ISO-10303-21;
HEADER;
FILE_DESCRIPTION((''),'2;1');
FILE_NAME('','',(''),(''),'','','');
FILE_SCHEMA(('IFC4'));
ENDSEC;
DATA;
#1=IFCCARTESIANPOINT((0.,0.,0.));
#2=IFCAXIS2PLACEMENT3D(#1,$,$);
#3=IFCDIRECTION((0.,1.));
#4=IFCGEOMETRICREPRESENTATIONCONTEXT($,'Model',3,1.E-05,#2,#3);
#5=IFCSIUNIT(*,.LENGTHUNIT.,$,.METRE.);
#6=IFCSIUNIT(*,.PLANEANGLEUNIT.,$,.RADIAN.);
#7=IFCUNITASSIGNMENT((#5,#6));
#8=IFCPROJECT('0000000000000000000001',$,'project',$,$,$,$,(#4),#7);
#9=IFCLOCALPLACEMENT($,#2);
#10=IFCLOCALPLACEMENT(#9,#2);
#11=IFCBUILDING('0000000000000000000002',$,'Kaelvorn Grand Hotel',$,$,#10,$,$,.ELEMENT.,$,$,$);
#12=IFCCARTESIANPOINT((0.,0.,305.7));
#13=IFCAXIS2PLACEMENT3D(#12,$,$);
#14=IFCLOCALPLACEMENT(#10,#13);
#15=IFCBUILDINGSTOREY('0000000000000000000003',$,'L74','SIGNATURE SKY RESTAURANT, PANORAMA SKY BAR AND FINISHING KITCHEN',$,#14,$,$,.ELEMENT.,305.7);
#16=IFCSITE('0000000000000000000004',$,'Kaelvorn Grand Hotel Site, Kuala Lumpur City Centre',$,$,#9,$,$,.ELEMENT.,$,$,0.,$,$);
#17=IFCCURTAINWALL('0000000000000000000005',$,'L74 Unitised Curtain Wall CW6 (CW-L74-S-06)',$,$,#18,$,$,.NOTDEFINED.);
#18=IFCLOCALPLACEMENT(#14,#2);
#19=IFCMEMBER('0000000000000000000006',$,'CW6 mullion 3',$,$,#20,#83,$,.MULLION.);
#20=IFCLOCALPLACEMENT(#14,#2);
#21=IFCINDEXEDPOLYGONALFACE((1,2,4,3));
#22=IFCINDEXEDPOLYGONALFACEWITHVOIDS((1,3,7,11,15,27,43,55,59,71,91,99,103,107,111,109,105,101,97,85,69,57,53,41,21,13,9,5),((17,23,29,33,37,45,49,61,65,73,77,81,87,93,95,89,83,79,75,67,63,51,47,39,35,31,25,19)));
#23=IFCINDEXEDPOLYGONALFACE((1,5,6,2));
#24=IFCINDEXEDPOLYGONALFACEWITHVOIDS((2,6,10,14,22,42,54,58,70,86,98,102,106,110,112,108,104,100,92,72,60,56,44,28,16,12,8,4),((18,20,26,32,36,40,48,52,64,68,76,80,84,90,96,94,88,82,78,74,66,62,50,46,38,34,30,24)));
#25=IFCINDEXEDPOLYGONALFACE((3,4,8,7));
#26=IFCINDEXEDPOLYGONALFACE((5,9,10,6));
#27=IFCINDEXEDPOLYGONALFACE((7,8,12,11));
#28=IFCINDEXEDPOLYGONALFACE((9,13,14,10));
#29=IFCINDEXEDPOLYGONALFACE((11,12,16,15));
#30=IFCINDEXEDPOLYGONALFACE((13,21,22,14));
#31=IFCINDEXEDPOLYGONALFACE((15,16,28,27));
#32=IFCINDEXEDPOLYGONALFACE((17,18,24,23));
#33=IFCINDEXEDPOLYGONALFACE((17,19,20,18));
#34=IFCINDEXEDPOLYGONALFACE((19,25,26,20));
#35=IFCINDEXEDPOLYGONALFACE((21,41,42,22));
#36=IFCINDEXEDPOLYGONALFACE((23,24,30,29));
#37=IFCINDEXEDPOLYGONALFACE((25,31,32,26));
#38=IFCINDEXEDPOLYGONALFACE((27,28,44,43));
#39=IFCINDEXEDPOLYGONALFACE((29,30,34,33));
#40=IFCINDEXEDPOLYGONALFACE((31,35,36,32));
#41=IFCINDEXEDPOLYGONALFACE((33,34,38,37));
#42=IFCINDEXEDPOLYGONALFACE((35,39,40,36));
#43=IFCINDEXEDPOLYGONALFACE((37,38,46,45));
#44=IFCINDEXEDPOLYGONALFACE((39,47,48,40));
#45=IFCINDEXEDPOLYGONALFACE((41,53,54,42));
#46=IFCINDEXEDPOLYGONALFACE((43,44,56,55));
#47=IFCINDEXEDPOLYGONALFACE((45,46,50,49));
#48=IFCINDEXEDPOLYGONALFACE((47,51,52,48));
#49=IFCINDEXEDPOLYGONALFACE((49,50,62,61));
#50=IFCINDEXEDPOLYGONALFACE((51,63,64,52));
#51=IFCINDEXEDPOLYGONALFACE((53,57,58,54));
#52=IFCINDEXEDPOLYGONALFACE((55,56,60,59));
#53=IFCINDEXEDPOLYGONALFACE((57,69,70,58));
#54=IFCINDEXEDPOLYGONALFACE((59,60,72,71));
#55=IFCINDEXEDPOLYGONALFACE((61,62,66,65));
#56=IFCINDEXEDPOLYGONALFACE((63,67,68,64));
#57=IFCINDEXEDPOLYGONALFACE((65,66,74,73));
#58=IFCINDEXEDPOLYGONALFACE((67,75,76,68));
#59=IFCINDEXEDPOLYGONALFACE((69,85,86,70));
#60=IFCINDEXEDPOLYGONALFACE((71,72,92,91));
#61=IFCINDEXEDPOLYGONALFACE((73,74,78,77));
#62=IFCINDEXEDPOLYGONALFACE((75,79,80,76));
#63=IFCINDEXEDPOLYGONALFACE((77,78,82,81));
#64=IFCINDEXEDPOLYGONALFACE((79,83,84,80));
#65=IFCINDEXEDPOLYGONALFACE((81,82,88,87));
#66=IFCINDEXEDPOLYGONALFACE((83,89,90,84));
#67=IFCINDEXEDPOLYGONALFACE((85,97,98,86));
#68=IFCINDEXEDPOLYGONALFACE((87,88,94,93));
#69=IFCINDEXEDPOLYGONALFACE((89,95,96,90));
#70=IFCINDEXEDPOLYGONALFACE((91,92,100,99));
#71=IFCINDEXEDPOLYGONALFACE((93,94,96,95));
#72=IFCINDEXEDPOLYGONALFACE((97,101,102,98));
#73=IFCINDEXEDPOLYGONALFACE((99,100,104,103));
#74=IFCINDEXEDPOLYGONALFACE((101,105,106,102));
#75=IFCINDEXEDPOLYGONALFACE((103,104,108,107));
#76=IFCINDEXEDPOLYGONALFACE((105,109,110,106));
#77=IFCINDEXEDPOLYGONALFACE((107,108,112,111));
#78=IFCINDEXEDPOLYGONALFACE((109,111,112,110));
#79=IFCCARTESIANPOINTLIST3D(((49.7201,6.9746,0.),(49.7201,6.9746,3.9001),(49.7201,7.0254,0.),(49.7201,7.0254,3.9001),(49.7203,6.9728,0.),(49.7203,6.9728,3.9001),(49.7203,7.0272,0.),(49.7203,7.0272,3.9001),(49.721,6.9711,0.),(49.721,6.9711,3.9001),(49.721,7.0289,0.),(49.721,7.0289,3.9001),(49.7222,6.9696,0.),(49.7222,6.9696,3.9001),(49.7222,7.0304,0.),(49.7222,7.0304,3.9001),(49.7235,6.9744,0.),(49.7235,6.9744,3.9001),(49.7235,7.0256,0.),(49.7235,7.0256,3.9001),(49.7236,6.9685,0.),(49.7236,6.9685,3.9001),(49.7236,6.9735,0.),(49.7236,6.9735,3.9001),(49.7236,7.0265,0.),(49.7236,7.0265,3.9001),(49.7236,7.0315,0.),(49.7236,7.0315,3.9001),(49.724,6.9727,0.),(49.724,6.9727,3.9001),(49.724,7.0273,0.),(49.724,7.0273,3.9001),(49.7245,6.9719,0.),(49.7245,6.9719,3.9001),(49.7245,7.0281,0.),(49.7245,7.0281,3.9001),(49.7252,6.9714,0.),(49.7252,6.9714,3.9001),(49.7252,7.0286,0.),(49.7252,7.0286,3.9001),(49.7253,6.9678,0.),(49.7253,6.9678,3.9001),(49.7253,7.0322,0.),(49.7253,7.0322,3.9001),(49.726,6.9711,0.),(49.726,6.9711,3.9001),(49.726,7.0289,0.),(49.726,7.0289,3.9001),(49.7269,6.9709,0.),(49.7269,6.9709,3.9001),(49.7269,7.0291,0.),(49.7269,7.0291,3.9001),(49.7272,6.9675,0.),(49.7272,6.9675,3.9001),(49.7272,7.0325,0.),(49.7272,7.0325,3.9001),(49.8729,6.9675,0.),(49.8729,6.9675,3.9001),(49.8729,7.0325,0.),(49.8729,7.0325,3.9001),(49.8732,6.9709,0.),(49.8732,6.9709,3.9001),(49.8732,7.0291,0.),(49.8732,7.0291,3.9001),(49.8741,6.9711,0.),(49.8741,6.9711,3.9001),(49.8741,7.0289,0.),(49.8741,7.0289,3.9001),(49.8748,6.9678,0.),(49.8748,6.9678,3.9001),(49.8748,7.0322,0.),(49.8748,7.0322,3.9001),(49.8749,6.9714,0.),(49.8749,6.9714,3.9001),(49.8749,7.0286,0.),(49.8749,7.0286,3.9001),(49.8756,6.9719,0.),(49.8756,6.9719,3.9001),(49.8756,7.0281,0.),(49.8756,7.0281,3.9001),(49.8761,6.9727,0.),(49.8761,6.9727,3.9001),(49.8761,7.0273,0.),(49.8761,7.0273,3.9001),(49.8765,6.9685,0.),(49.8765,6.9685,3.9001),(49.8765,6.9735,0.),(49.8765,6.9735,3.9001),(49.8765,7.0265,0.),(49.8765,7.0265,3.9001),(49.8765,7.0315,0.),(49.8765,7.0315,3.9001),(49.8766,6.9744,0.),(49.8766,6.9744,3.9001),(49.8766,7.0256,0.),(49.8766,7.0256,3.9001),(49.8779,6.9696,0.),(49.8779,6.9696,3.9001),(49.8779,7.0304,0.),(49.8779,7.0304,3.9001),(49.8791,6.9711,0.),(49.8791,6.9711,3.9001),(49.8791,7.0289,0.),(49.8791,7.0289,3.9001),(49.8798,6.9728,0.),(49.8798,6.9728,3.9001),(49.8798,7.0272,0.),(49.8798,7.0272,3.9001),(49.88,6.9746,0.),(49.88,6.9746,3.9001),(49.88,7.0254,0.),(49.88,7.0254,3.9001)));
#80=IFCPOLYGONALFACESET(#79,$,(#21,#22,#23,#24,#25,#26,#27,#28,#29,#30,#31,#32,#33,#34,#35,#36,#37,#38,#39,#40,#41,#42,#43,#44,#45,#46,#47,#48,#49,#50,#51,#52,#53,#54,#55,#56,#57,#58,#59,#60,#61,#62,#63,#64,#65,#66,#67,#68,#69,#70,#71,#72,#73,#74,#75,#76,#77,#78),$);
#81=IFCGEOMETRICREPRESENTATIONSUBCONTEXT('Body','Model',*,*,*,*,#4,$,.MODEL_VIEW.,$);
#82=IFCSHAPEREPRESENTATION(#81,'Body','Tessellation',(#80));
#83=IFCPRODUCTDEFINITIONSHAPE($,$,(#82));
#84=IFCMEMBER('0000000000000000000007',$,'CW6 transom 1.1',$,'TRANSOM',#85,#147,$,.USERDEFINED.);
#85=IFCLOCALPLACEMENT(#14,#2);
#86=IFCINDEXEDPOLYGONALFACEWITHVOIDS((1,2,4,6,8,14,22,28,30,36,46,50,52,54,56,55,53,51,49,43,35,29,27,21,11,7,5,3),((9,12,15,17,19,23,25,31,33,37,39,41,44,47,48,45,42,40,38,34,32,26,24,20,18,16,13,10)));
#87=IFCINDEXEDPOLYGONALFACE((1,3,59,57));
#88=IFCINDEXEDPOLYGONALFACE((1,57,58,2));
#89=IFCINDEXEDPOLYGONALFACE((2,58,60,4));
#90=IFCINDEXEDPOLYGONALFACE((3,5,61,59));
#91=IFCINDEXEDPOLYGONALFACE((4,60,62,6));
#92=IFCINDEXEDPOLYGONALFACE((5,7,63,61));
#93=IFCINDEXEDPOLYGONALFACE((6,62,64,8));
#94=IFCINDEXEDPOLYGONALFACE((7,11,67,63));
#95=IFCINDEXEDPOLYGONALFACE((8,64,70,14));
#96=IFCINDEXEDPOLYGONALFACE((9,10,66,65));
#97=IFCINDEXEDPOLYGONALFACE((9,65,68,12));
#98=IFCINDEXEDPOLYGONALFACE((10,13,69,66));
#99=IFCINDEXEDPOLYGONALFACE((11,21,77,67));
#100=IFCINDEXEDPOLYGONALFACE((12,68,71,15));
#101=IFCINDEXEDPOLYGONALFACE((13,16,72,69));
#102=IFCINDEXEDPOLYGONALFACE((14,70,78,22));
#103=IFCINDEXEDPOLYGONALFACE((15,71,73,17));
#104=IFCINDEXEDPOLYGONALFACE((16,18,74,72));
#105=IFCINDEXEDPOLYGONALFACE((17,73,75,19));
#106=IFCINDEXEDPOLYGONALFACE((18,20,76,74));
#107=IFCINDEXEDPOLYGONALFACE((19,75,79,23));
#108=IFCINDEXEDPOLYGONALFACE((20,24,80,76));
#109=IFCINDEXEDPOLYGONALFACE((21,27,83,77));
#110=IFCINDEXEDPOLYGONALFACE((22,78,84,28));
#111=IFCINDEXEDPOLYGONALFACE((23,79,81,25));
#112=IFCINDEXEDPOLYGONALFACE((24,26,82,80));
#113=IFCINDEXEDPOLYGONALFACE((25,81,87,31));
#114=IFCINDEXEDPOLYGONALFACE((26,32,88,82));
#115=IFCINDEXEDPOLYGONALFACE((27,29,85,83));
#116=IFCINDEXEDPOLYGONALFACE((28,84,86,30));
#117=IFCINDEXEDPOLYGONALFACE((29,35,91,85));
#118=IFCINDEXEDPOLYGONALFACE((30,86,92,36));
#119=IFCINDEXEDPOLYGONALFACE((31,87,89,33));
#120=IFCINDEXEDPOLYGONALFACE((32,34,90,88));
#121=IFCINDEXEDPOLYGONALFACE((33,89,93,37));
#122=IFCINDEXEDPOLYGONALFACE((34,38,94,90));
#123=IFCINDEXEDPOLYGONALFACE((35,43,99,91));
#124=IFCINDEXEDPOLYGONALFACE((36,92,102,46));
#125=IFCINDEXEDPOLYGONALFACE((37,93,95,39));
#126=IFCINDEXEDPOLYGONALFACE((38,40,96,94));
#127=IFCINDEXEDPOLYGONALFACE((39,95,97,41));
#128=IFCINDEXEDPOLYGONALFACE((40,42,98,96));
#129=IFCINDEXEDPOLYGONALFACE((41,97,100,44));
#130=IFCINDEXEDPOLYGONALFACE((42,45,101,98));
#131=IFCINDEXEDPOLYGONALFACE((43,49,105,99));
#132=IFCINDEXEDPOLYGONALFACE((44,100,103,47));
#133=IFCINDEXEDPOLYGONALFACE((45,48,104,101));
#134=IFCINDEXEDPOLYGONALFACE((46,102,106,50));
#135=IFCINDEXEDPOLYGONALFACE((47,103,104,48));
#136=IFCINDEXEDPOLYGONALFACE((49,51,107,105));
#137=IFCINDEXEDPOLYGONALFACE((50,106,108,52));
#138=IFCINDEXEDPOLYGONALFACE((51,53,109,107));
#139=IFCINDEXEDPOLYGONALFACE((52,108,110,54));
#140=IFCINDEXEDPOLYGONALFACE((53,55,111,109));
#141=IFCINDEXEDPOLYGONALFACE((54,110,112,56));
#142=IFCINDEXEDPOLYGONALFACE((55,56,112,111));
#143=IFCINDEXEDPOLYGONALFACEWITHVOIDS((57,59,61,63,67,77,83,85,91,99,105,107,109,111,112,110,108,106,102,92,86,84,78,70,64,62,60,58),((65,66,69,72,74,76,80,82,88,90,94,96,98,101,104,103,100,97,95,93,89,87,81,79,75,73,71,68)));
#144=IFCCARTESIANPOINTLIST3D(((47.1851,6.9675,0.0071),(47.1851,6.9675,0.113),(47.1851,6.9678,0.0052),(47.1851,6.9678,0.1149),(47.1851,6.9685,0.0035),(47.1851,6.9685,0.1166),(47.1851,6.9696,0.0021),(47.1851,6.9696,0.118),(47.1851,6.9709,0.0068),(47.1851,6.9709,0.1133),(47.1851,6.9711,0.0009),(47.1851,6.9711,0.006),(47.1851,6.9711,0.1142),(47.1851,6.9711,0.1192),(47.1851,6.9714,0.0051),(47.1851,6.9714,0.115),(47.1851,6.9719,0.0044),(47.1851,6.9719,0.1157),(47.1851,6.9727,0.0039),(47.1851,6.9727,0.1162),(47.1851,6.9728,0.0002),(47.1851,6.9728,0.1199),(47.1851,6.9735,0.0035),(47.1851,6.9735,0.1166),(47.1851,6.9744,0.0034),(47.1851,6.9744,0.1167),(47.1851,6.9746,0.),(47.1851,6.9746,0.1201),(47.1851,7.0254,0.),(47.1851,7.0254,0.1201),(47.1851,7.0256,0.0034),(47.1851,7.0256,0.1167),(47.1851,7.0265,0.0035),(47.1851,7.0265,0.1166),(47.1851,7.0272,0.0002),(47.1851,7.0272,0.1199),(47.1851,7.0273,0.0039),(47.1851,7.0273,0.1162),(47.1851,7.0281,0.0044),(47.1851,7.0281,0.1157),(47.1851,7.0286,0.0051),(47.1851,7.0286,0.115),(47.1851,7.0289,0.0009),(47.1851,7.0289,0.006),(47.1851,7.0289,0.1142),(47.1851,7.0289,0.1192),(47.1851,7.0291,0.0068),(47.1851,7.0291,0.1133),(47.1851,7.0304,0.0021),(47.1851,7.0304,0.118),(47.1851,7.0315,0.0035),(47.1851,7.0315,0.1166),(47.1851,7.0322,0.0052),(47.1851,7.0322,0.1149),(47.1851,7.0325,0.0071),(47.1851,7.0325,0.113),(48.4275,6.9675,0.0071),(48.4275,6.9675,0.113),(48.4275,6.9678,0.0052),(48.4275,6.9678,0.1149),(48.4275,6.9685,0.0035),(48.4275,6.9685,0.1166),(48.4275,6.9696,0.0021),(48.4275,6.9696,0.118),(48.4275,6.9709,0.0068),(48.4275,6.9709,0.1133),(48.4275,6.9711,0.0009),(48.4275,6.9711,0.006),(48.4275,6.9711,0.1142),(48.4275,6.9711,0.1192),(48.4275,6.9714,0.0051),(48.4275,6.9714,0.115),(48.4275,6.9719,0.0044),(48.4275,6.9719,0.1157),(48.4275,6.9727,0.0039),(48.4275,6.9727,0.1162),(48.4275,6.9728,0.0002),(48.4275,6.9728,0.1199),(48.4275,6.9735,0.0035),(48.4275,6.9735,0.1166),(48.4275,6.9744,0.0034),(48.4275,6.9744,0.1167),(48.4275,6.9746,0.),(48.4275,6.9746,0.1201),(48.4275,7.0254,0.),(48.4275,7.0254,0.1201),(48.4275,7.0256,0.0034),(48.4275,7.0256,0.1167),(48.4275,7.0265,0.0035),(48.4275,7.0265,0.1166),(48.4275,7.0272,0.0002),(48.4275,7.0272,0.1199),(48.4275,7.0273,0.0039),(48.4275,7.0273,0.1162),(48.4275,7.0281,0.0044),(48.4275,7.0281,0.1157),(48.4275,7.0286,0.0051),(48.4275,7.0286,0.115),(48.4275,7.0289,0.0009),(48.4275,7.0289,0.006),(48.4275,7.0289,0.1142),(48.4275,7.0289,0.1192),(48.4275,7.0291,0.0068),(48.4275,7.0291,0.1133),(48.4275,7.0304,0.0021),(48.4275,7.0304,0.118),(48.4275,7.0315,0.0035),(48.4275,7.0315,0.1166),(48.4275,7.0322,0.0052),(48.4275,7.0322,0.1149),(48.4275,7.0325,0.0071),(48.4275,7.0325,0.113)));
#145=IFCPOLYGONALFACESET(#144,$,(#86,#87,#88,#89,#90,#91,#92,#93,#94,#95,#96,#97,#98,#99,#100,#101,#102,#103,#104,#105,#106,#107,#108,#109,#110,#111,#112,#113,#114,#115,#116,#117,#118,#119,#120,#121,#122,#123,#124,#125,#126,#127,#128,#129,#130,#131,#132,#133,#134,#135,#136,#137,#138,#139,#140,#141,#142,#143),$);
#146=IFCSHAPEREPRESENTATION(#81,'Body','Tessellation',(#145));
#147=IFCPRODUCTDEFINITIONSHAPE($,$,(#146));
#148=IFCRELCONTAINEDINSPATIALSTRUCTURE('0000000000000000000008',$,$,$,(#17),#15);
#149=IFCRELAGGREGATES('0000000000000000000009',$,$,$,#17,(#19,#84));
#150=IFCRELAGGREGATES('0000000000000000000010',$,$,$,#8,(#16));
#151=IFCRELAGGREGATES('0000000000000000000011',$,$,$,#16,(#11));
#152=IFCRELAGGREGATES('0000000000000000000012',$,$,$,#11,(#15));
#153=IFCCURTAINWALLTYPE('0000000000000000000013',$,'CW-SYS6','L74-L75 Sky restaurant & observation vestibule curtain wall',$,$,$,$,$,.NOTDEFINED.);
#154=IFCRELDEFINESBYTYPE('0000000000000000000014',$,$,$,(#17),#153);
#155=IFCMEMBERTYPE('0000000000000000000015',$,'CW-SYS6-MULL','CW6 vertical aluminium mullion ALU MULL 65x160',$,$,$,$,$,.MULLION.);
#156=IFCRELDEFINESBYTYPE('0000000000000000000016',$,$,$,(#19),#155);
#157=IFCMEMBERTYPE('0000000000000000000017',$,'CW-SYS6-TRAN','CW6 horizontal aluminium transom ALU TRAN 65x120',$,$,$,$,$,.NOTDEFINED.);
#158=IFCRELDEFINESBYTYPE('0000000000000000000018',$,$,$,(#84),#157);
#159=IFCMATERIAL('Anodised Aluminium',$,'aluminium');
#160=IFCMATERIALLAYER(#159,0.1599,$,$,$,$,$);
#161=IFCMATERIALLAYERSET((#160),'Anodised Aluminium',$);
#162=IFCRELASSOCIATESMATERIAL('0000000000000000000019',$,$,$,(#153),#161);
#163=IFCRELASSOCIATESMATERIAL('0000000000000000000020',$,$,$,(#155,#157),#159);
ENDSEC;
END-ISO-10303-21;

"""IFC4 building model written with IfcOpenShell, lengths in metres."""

from ifc_helpers import new_model, si_unit, direction, frame, origin, origin_2d, place, context, subcontext, project, spatial, hollow_rectangle, extrude, material, layer, layer_set, material_profile, profile_set, type_object, element, aggregate, save


model = new_model("IFC4")

# Units and contexts
model_context = context("Model", 3, precision=1e-05, world=origin(), true_north=direction((0.0, 1.0)))
body_context = subcontext(model_context, "Body", "Model", "MODEL_VIEW")
ifc_project = project(units=[si_unit("LENGTHUNIT", "METRE"), si_unit("PLANEANGLEUNIT", "RADIAN")], contexts=[model_context])

# Site, building, storey
site_placement = place(None, origin())
site = spatial("IfcSite", under=ifc_project, at=site_placement, Name="Kaelvorn Grand Hotel Site, Kuala Lumpur City Centre", CompositionType="ELEMENT", RefElevation=0.0)
building_placement = place(site_placement, origin())
building = spatial("IfcBuilding", under=site, at=building_placement, Name="Kaelvorn Grand Hotel", CompositionType="ELEMENT")
storey_placement = place(building_placement, frame((0.0, 0.0, 305.7)))
storey = spatial("IfcBuildingStorey", under=building, at=storey_placement, Name="L74", Description="SIGNATURE SKY RESTAURANT, PANORAMA SKY BAR AND FINISHING KITCHEN", CompositionType="ELEMENT", Elevation=305.7)

# Curtain wall, members
ifc_material_1 = material(Name="Anodised Aluminium", Category="aluminium")
ifc_layer_1 = layer(ifc_material_1, 0.1599)
ifc_layer_set_1 = layer_set([ifc_layer_1], Name="Anodised Aluminium")
curtain_wall_type = type_object("IfcCurtainWallType", Name="CW-SYS6", Description="L74-L75 Sky restaurant & observation vestibule curtain wall", PredefinedType="NOTDEFINED", material=ifc_layer_set_1)
curtain_wall_placement = place(storey_placement, origin())
curtain_wall = element("IfcCurtainWall", 1, at=curtain_wall_placement, inside=storey, type_object=curtain_wall_type, Name="L74 Unitised Curtain Wall CW6 (CW-L74-S-06)", PredefinedType="NOTDEFINED")
ifc_material_profile_1 = material_profile(ifc_material_1, hollow_rectangle(XDim=0.0649, YDim=0.1599, WallThickness=0.0034, InnerFilletRadius=0.0034, OuterFilletRadius=0.0071, at=origin_2d()), Name="ALU MULL 65x160")
ifc_profile_set_1 = profile_set([ifc_material_profile_1], Name="Anodised Aluminium")
member_type_1 = type_object("IfcMemberType", Name="CW-SYS6-MULL", Description="CW6 vertical aluminium mullion ALU MULL 65x160", PredefinedType="MULLION", material=ifc_profile_set_1)
member_1_placement = place(storey_placement, frame((49.8, 7.0, 0.0), z_axis=(0.0, 0.0, 1.0), x_axis=(0.0, 1.0, 0.0)))
member_1 = element("IfcMember", 2, at=member_1_placement, type_object=member_type_1, Name="CW6 mullion 3", PredefinedType="MULLION", context=body_context, shape_type="SweptSolid", body=[
    extrude(hollow_rectangle(XDim=0.0649, YDim=0.1599, WallThickness=0.0034, InnerFilletRadius=0.0034, OuterFilletRadius=0.0071, at=origin_2d()), origin(), (0.0, 0.0, 1.0), 3.9001),
])
ifc_material_profile_2 = material_profile(ifc_material_1, hollow_rectangle(XDim=0.0649, YDim=0.1201, WallThickness=0.0034, InnerFilletRadius=0.0034, OuterFilletRadius=0.0071, at=origin_2d()), Name="ALU TRAN 65x120")
ifc_profile_set_2 = profile_set([ifc_material_profile_2], Name="Anodised Aluminium")
member_type_2 = type_object("IfcMemberType", Name="CW-SYS6-TRAN", Description="CW6 horizontal aluminium transom ALU TRAN 65x120", PredefinedType="NOTDEFINED", material=ifc_profile_set_2)
member_2_placement = place(storey_placement, frame((47.1851, 7.0, 0.0601), z_axis=(1.0, 0.0, 0.0), x_axis=(0.0, 1.0, 0.0)))
member_2 = element("IfcMember", 3, at=member_2_placement, type_object=member_type_2, Name="CW6 transom 1.1", ObjectType="TRANSOM", PredefinedType="USERDEFINED", context=body_context, shape_type="SweptSolid", body=[
    extrude(hollow_rectangle(XDim=0.0649, YDim=0.1201, WallThickness=0.0034, InnerFilletRadius=0.0034, OuterFilletRadius=0.0071, at=origin_2d()), origin(), (0.0, 0.0, 1.0), 1.2424),
])
aggregate(curtain_wall, [member_1, member_2])

save(model, "model.ifc")
